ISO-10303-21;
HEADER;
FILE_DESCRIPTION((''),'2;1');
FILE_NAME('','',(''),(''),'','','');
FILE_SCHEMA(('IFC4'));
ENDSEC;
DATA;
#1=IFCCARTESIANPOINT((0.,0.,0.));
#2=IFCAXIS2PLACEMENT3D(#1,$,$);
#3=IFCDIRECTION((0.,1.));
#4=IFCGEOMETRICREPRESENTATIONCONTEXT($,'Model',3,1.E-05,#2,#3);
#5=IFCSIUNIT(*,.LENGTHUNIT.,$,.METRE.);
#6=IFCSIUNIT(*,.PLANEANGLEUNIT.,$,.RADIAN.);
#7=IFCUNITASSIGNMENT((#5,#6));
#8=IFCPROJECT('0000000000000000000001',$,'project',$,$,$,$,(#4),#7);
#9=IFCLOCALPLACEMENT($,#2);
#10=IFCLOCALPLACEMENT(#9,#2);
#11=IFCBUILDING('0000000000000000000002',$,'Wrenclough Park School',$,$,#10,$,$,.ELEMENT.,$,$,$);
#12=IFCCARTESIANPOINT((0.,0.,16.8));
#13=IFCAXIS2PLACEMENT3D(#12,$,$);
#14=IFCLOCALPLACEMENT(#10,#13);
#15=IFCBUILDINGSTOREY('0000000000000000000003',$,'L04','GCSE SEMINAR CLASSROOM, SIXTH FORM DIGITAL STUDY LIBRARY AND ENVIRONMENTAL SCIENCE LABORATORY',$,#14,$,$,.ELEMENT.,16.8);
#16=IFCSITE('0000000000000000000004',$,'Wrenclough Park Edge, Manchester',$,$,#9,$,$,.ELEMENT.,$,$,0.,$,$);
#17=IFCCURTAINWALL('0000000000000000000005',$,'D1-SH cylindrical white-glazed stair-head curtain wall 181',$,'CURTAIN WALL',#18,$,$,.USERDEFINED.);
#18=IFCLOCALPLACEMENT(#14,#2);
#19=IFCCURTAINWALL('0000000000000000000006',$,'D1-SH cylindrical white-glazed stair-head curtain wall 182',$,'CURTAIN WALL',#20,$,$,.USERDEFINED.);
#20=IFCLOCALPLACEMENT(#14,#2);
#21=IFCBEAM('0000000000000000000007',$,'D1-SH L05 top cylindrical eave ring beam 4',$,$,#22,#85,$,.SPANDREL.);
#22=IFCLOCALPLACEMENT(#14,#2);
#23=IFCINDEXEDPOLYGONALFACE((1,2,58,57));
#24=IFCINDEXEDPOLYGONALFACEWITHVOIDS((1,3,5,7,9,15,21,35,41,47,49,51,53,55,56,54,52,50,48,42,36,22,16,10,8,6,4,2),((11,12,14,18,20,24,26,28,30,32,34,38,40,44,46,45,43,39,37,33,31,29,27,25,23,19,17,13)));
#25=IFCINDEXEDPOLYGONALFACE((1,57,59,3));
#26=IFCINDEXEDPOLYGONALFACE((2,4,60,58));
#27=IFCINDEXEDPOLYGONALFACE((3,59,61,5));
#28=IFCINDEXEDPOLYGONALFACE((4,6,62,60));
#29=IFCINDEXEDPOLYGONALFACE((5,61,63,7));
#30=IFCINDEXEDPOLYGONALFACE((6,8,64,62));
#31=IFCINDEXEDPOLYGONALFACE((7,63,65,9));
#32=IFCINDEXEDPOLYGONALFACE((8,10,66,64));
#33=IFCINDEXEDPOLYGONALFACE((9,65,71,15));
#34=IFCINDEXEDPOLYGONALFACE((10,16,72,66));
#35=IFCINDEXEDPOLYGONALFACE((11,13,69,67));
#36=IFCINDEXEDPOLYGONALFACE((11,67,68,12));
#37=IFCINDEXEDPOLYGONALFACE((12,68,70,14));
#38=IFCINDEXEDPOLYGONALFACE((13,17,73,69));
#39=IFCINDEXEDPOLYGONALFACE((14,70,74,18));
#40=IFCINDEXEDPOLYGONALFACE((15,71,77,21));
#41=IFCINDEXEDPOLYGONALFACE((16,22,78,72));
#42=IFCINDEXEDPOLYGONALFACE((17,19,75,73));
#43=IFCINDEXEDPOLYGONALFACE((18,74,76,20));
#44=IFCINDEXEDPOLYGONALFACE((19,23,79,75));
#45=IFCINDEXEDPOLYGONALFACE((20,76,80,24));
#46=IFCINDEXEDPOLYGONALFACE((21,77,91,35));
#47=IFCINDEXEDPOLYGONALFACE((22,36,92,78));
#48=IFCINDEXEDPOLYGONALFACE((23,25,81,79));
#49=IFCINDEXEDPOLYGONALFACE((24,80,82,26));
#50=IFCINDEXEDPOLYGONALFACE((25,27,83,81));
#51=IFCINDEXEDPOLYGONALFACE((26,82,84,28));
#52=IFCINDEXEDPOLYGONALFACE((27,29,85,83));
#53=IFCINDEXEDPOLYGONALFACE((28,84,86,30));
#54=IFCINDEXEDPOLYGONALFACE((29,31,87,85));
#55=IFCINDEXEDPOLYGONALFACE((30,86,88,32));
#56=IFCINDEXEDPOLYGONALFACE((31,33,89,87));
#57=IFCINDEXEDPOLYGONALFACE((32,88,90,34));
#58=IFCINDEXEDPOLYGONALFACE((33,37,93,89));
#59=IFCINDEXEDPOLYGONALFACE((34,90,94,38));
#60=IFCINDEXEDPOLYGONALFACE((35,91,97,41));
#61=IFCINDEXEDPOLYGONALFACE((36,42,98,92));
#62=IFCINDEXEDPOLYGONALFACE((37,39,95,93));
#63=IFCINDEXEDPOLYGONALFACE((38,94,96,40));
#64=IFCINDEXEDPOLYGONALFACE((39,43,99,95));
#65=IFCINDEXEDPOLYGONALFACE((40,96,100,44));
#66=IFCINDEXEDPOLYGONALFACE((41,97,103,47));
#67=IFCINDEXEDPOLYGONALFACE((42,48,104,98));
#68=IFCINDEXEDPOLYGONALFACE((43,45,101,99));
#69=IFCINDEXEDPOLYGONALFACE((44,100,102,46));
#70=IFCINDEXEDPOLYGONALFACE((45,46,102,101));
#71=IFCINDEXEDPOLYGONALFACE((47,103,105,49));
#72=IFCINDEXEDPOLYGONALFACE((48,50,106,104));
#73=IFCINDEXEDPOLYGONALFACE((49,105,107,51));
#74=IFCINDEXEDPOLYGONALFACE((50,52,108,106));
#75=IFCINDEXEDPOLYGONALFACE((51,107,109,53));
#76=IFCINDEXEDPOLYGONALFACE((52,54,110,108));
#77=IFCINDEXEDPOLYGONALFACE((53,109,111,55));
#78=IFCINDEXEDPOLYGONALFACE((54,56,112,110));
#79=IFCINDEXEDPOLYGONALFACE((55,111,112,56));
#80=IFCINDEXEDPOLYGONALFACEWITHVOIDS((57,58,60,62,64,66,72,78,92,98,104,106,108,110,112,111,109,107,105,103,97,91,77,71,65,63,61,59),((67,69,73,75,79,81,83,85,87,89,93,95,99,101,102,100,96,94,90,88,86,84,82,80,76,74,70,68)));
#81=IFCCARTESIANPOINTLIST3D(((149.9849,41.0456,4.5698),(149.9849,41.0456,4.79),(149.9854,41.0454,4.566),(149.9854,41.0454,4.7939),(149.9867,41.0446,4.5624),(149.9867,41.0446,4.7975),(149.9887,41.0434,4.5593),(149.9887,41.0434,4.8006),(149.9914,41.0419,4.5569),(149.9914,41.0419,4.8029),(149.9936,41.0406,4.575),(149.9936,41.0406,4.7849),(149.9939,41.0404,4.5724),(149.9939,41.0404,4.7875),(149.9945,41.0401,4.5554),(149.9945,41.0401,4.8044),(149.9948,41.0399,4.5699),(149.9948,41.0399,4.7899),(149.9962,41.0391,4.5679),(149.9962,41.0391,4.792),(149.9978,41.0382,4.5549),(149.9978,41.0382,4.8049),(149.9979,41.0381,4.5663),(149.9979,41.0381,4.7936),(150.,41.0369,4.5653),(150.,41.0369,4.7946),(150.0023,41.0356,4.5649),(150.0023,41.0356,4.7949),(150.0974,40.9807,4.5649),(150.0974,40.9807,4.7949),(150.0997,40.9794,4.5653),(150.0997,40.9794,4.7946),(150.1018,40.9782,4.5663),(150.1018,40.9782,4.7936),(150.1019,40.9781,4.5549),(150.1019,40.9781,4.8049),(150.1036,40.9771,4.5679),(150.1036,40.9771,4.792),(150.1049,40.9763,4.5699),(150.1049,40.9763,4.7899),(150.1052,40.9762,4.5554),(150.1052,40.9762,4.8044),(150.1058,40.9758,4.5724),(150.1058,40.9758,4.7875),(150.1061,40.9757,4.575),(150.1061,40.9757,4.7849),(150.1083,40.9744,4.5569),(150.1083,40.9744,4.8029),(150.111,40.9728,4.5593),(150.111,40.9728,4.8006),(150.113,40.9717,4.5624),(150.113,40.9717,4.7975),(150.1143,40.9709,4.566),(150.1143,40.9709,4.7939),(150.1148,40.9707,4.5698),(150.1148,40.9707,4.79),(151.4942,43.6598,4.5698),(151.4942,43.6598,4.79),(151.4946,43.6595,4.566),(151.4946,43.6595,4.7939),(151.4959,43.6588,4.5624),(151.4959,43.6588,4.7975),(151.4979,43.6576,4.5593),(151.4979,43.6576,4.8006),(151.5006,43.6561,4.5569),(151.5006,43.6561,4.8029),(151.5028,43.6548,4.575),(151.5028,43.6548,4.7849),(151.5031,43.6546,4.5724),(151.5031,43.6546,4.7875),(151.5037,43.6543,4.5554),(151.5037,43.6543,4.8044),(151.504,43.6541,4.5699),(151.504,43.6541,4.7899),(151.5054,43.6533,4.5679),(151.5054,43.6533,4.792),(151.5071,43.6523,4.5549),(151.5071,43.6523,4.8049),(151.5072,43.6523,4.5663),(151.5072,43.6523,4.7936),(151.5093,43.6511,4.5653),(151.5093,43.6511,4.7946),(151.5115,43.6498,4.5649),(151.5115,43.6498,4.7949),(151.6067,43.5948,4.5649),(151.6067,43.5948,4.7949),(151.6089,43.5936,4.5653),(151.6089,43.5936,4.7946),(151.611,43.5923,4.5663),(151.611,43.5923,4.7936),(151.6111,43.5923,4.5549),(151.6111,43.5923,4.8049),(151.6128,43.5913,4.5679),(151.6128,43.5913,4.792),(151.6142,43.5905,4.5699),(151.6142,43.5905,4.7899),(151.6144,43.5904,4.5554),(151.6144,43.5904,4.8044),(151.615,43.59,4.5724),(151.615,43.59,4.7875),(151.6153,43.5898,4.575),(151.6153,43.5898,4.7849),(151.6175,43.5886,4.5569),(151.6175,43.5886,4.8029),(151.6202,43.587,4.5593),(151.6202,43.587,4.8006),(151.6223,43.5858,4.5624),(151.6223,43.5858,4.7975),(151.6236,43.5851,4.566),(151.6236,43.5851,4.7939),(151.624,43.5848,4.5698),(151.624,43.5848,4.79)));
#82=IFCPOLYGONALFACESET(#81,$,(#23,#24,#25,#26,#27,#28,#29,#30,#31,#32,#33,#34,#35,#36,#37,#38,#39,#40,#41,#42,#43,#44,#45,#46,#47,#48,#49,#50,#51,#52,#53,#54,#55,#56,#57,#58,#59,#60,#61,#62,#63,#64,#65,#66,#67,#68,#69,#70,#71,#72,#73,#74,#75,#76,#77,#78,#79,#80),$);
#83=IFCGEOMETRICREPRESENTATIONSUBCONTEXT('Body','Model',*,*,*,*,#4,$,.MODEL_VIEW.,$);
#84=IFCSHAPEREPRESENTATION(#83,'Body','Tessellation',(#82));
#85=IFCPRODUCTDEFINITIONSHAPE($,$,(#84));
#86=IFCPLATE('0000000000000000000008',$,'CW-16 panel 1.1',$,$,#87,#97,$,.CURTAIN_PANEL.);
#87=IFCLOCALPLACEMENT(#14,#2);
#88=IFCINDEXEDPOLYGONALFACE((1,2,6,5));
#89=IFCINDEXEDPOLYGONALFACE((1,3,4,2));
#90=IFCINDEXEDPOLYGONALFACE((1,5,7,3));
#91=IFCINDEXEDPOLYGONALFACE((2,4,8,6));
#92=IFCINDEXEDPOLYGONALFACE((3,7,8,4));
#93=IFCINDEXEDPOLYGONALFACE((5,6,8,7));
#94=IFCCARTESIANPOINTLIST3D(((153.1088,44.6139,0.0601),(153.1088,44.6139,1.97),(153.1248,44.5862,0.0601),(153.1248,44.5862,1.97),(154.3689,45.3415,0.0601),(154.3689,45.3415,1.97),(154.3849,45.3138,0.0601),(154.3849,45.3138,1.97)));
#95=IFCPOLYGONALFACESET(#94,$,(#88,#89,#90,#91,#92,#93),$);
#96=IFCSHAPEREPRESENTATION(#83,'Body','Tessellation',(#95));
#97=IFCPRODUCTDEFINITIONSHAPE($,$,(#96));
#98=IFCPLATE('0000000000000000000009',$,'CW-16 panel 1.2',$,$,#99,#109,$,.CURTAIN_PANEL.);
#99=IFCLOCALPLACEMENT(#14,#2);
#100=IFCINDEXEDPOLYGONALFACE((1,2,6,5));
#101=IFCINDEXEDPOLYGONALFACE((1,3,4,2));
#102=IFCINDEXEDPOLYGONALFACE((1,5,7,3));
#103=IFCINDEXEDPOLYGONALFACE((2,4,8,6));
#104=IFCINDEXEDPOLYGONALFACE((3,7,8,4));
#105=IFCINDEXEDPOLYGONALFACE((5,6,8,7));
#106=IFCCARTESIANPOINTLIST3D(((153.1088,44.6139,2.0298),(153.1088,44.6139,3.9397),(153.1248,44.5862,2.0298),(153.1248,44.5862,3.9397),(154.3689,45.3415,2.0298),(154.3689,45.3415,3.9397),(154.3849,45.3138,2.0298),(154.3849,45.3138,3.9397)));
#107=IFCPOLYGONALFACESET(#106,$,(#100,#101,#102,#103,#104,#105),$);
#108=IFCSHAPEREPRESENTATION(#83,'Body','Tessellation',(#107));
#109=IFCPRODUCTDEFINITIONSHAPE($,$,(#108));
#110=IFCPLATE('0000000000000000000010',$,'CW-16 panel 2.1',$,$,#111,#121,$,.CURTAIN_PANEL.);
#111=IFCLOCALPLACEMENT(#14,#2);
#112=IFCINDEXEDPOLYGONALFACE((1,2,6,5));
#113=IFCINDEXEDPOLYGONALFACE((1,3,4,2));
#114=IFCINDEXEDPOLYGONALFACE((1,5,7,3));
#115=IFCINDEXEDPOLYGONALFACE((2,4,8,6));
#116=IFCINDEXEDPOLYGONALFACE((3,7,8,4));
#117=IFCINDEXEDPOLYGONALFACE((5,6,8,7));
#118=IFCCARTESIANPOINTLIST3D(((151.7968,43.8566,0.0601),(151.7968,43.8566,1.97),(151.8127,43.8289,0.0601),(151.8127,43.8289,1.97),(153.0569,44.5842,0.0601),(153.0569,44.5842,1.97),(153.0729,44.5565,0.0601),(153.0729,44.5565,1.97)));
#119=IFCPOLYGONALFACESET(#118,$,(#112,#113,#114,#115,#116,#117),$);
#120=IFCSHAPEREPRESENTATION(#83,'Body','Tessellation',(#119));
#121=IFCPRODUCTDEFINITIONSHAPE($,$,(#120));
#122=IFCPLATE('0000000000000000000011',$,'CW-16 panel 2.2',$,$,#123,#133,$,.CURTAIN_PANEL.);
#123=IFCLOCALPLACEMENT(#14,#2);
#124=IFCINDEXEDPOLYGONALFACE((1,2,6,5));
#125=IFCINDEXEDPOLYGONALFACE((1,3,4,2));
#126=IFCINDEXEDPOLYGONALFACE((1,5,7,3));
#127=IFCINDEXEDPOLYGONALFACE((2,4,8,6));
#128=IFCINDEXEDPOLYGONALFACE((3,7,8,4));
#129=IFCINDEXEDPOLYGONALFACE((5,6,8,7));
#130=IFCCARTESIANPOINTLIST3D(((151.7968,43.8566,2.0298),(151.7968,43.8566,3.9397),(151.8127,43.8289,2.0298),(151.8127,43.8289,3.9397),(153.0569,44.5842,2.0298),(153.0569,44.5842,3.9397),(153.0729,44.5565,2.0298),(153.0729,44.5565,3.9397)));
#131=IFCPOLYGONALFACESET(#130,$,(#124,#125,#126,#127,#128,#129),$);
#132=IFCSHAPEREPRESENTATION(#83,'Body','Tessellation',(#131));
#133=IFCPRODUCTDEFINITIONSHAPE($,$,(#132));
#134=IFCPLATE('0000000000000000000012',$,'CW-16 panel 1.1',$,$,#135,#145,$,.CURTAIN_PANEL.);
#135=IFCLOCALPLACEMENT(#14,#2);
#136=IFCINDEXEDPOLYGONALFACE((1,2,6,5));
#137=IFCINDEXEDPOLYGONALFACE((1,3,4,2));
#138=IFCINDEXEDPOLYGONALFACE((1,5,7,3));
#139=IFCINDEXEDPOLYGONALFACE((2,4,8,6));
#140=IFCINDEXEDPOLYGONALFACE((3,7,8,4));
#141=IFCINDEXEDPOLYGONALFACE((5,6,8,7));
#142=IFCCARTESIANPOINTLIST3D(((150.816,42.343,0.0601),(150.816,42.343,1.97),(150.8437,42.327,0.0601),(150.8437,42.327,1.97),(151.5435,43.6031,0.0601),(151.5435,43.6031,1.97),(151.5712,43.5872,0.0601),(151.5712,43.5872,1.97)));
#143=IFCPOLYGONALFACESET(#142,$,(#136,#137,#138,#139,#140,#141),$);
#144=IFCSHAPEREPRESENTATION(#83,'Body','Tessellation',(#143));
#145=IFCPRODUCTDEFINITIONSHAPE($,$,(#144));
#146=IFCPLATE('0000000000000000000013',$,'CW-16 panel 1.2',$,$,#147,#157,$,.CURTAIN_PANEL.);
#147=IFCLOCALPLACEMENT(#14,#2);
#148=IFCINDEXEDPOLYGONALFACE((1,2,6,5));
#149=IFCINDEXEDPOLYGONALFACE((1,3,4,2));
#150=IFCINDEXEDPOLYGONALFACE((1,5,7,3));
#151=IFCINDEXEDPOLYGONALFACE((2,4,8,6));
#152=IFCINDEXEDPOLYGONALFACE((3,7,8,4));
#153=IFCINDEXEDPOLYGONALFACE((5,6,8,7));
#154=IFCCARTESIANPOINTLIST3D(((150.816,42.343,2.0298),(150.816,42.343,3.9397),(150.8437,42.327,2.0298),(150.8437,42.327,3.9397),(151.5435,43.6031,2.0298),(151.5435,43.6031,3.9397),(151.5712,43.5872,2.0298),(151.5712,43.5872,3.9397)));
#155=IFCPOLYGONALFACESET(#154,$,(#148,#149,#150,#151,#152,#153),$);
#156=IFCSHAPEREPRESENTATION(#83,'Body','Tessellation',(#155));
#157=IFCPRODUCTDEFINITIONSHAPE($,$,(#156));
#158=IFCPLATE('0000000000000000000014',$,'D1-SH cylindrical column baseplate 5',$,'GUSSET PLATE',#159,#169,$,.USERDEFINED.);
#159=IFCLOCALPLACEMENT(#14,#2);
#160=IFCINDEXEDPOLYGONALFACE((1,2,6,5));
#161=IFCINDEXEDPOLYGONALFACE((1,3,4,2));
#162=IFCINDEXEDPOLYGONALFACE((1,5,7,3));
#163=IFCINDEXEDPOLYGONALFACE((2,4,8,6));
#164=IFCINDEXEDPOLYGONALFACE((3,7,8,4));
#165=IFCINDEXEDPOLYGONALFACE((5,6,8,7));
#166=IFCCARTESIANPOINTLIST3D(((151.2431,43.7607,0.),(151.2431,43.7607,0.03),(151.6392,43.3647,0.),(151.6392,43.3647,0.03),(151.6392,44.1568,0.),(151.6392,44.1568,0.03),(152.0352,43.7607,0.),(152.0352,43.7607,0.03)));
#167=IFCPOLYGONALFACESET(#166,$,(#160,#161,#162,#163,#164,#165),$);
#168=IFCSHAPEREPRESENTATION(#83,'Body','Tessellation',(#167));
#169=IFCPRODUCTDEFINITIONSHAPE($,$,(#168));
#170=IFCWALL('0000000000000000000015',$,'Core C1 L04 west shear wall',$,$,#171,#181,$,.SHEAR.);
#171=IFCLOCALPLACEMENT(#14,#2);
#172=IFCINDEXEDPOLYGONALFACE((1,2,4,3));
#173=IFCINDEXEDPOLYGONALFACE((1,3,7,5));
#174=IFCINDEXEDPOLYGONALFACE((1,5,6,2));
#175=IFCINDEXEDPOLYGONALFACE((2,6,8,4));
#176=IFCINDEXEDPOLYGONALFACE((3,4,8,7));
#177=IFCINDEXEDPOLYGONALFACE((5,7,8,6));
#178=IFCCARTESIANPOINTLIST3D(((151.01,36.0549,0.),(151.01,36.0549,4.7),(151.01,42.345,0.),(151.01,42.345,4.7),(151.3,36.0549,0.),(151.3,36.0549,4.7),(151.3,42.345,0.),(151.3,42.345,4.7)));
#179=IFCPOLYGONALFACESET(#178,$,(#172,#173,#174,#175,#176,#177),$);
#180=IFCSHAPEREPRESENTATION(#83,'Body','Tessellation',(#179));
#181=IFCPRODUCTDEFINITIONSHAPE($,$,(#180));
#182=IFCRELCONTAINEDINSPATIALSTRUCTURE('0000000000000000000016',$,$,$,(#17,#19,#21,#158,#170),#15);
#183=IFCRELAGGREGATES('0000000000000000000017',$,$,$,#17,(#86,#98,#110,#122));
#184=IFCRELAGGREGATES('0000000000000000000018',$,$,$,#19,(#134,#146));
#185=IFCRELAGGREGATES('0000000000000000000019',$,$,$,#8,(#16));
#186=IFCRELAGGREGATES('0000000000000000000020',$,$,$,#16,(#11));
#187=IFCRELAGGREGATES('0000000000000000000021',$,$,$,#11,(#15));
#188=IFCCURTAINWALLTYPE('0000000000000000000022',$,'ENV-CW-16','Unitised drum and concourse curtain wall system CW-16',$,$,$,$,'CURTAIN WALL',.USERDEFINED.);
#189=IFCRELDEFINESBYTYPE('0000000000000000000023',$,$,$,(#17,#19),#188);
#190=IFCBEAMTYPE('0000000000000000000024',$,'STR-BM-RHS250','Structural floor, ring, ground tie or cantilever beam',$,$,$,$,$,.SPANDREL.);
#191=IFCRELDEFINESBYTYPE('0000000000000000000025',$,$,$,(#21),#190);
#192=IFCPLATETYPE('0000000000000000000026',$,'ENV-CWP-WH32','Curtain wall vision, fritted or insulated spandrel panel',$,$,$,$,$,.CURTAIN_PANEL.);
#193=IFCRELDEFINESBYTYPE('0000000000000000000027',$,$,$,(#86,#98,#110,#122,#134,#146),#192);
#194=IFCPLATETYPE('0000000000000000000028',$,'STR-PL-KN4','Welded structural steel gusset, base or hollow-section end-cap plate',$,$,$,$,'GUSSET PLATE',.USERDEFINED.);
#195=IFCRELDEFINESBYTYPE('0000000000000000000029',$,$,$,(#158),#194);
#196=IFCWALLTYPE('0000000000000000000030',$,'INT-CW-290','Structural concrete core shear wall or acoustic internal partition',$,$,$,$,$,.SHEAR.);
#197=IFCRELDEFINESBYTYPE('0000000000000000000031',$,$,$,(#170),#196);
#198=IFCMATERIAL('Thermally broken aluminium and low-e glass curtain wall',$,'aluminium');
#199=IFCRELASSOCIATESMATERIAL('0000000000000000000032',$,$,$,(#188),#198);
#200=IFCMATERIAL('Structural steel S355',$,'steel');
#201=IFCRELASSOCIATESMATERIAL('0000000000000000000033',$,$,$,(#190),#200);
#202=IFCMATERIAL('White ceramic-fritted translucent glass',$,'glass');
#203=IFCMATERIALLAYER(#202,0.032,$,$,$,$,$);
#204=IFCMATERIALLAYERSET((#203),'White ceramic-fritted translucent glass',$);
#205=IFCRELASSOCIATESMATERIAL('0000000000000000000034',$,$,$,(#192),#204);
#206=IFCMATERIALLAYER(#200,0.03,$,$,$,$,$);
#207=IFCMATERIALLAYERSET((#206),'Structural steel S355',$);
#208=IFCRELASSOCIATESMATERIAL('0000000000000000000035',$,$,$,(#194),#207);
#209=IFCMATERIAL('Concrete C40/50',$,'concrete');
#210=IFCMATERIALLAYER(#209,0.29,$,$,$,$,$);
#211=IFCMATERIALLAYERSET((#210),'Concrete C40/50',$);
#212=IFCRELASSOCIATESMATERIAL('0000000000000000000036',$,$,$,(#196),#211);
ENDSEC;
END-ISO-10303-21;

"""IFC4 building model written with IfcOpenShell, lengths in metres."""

from ifc_helpers import new_model, si_unit, direction, frame, frame_2d, origin, origin_2d, place, context, subcontext, project, spatial, rectangle, hollow_rectangle, extrude, material, layer, layer_set, material_profile, profile_set, type_object, element, aggregate, save


model = new_model("IFC4")

# Units and contexts
model_context = context("Model", 3, precision=1e-05, world=origin(), true_north=direction((0.0, 1.0)))
body_context = subcontext(model_context, "Body", "Model", "MODEL_VIEW")
ifc_project = project(units=[si_unit("LENGTHUNIT", "METRE"), si_unit("PLANEANGLEUNIT", "RADIAN")], contexts=[model_context])

# Site, building, storey
site_placement = place(None, origin())
site = spatial("IfcSite", under=ifc_project, at=site_placement, Name="Wrenclough Park Edge, Manchester", CompositionType="ELEMENT", RefElevation=0.0)
building_placement = place(site_placement, origin())
building = spatial("IfcBuilding", under=site, at=building_placement, Name="Wrenclough Park School", CompositionType="ELEMENT")
storey_placement = place(building_placement, frame((0.0, 0.0, 16.8)))
storey = spatial("IfcBuildingStorey", under=building, at=storey_placement, Name="L04", Description="GCSE SEMINAR CLASSROOM, SIXTH FORM DIGITAL STUDY LIBRARY AND ENVIRONMENTAL SCIENCE LABORATORY", CompositionType="ELEMENT", Elevation=16.8)

# Shared definitions
ifc_material_1 = material(Name="Structural steel S355", Category="steel")

# Curtain wall
ifc_material_2 = material(Name="Thermally broken aluminium and low-e glass curtain wall", Category="aluminium")
curtain_wall_type = type_object("IfcCurtainWallType", Name="ENV-CW-16", Description="Unitised drum and concourse curtain wall system CW-16", ElementType="CURTAIN WALL", PredefinedType="USERDEFINED", material=ifc_material_2)
curtain_wall_1_placement = place(storey_placement, origin())
curtain_wall_1 = element("IfcCurtainWall", 1, at=curtain_wall_1_placement, inside=storey, type_object=curtain_wall_type, Name="D1-SH cylindrical white-glazed stair-head curtain wall 181", ObjectType="CURTAIN WALL", PredefinedType="USERDEFINED")

# Curtain wall
curtain_wall_2_placement = place(storey_placement, origin())
curtain_wall_2 = element("IfcCurtainWall", 2, at=curtain_wall_2_placement, inside=storey, type_object=curtain_wall_type, Name="D1-SH cylindrical white-glazed stair-head curtain wall 182", ObjectType="CURTAIN WALL", PredefinedType="USERDEFINED")

# Beam
ifc_material_profile_1 = material_profile(ifc_material_1, hollow_rectangle(XDim=0.1499, YDim=0.25, WallThickness=0.01, InnerFilletRadius=0.01, OuterFilletRadius=0.0149, at=origin_2d()), Name="RHS 250x150x10.0")
ifc_profile_set_1 = profile_set([ifc_material_profile_1], Name="Structural steel S355")
beam_type = type_object("IfcBeamType", Name="STR-BM-RHS250", Description="Structural floor, ring, ground tie or cantilever beam", PredefinedType="SPANDREL", material=ifc_profile_set_1)
beam_1_placement = place(storey_placement, frame((151.5591, 43.6223, 4.6799), z_axis=(-0.499984, -0.866035, 0.0), x_axis=(0.866035, -0.499984, 0.0)))
element("IfcBeam", 3, at=beam_1_placement, inside=storey, type_object=beam_type, Name="D1-SH L05 top cylindrical eave ring beam 4", PredefinedType="SPANDREL", context=body_context, shape_type="SweptSolid", body=[
    extrude(hollow_rectangle(XDim=0.1499, YDim=0.25, WallThickness=0.01, InnerFilletRadius=0.01, OuterFilletRadius=0.0149, at=origin_2d()), origin(), (0.0, 0.0, 1.0), 3.0186),
])

# Plates
ifc_material_3 = material(Name="White ceramic-fritted translucent glass", Category="glass")
ifc_layer_1 = layer(ifc_material_3, 0.032)
ifc_layer_set_1 = layer_set([ifc_layer_1], Name="White ceramic-fritted translucent glass")
plate_type_1 = type_object("IfcPlateType", Name="ENV-CWP-WH32", Description="Curtain wall vision, fritted or insulated spandrel panel", PredefinedType="CURTAIN_PANEL", material=ifc_layer_set_1)
plate_1_placement = place(storey_placement, frame((153.7468, 44.9639, 0.0601), z_axis=(0.0, 0.0, 1.0), x_axis=(-0.866024, -0.500003, 0.0)))
plate_1 = element("IfcPlate", 4, at=plate_1_placement, type_object=plate_type_1, Name="CW-16 panel 1.1", PredefinedType="CURTAIN_PANEL", context=body_context, shape_type="SweptSolid", body=[
    extrude(rectangle(XDim=1.4551, YDim=0.032, at=origin_2d()), origin(), (0.0, 0.0, 1.0), 1.9099),
])
plate_2_placement = place(storey_placement, frame((153.7468, 44.9639, 2.0298), z_axis=(0.0, 0.0, 1.0), x_axis=(-0.866024, -0.500003, 0.0)))
plate_2 = element("IfcPlate", 5, at=plate_2_placement, type_object=plate_type_1, Name="CW-16 panel 1.2", PredefinedType="CURTAIN_PANEL", context=body_context, shape_type="SweptSolid", body=[
    extrude(rectangle(XDim=1.4551, YDim=0.032, at=origin_2d()), origin(), (0.0, 0.0, 1.0), 1.9099),
])
plate_3_placement = place(storey_placement, frame((152.4348, 44.2065, 0.0601), z_axis=(0.0, 0.0, 1.0), x_axis=(-0.866024, -0.500003, 0.0)))
plate_3 = element("IfcPlate", 6, at=plate_3_placement, type_object=plate_type_1, Name="CW-16 panel 2.1", PredefinedType="CURTAIN_PANEL", context=body_context, shape_type="SweptSolid", body=[
    extrude(rectangle(XDim=1.4551, YDim=0.032, at=origin_2d()), origin(), (0.0, 0.0, 1.0), 1.9099),
])
plate_4_placement = place(storey_placement, frame((152.4348, 44.2065, 2.0298), z_axis=(0.0, 0.0, 1.0), x_axis=(-0.866024, -0.500003, 0.0)))
plate_4 = element("IfcPlate", 7, at=plate_4_placement, type_object=plate_type_1, Name="CW-16 panel 2.2", PredefinedType="CURTAIN_PANEL", context=body_context, shape_type="SweptSolid", body=[
    extrude(rectangle(XDim=1.4551, YDim=0.032, at=origin_2d()), origin(), (0.0, 0.0, 1.0), 1.9099),
])
aggregate(curtain_wall_1, [plate_1, plate_2, plate_3, plate_4])
plate_5_placement = place(storey_placement, frame((151.1936, 42.9651, 0.0601), z_axis=(0.0, 0.0, 1.0), x_axis=(-0.500003, -0.866024, 0.0)))
plate_5 = element("IfcPlate", 8, at=plate_5_placement, type_object=plate_type_1, Name="CW-16 panel 1.1", PredefinedType="CURTAIN_PANEL", context=body_context, shape_type="SweptSolid", body=[
    extrude(rectangle(XDim=1.4551, YDim=0.032, at=origin_2d()), origin(), (0.0, 0.0, 1.0), 1.9099),
])
plate_6_placement = place(storey_placement, frame((151.1936, 42.9651, 2.0298), z_axis=(0.0, 0.0, 1.0), x_axis=(-0.500003, -0.866024, 0.0)))
plate_6 = element("IfcPlate", 9, at=plate_6_placement, type_object=plate_type_1, Name="CW-16 panel 1.2", PredefinedType="CURTAIN_PANEL", context=body_context, shape_type="SweptSolid", body=[
    extrude(rectangle(XDim=1.4551, YDim=0.032, at=origin_2d()), origin(), (0.0, 0.0, 1.0), 1.9099),
])
aggregate(curtain_wall_2, [plate_5, plate_6])
ifc_layer_2 = layer(ifc_material_1, 0.03)
ifc_layer_set_2 = layer_set([ifc_layer_2], Name="Structural steel S355")
plate_type_2 = type_object("IfcPlateType", Name="STR-PL-KN4", Description="Welded structural steel gusset, base or hollow-section end-cap plate", ElementType="GUSSET PLATE", PredefinedType="USERDEFINED", material=ifc_layer_set_2)
plate_7_placement = place(storey_placement, frame((151.6392, 43.7607, 0.0), z_axis=(0.0, 0.0, 1.0), x_axis=(-0.707107, -0.707107, 0.0)))
element("IfcPlate", 10, at=plate_7_placement, inside=storey, type_object=plate_type_2, Name="D1-SH cylindrical column baseplate 5", ObjectType="GUSSET PLATE", PredefinedType="USERDEFINED", context=body_context, shape_type="SweptSolid", body=[
    extrude(rectangle(XDim=0.5601, YDim=0.5601, at=origin_2d()), origin(), (0.0, 0.0, 1.0), 0.03),
])

# Wall
ifc_material_4 = material(Name="Concrete C40/50", Category="concrete")
ifc_layer_3 = layer(ifc_material_4, 0.29)
ifc_layer_set_3 = layer_set([ifc_layer_3], Name="Concrete C40/50")
wall_type = type_object("IfcWallType", Name="INT-CW-290", Description="Structural concrete core shear wall or acoustic internal partition", PredefinedType="SHEAR", material=ifc_layer_set_3)
wall_placement = place(storey_placement, frame((151.155, 42.345, 0.0), z_axis=(0.0, 0.0, 1.0), x_axis=(0.0, -1.0, 0.0)))
element("IfcWall", 11, at=wall_placement, inside=storey, type_object=wall_type, Name="Core C1 L04 west shear wall", PredefinedType="SHEAR", context=body_context, shape_type="SweptSolid", body=[
    extrude(rectangle(XDim=6.29, YDim=0.29, at=frame_2d((3.145, 0.0))), origin(), (0.0, 0.0, 1.0), 4.7),
])

save(model, "model.ifc")
